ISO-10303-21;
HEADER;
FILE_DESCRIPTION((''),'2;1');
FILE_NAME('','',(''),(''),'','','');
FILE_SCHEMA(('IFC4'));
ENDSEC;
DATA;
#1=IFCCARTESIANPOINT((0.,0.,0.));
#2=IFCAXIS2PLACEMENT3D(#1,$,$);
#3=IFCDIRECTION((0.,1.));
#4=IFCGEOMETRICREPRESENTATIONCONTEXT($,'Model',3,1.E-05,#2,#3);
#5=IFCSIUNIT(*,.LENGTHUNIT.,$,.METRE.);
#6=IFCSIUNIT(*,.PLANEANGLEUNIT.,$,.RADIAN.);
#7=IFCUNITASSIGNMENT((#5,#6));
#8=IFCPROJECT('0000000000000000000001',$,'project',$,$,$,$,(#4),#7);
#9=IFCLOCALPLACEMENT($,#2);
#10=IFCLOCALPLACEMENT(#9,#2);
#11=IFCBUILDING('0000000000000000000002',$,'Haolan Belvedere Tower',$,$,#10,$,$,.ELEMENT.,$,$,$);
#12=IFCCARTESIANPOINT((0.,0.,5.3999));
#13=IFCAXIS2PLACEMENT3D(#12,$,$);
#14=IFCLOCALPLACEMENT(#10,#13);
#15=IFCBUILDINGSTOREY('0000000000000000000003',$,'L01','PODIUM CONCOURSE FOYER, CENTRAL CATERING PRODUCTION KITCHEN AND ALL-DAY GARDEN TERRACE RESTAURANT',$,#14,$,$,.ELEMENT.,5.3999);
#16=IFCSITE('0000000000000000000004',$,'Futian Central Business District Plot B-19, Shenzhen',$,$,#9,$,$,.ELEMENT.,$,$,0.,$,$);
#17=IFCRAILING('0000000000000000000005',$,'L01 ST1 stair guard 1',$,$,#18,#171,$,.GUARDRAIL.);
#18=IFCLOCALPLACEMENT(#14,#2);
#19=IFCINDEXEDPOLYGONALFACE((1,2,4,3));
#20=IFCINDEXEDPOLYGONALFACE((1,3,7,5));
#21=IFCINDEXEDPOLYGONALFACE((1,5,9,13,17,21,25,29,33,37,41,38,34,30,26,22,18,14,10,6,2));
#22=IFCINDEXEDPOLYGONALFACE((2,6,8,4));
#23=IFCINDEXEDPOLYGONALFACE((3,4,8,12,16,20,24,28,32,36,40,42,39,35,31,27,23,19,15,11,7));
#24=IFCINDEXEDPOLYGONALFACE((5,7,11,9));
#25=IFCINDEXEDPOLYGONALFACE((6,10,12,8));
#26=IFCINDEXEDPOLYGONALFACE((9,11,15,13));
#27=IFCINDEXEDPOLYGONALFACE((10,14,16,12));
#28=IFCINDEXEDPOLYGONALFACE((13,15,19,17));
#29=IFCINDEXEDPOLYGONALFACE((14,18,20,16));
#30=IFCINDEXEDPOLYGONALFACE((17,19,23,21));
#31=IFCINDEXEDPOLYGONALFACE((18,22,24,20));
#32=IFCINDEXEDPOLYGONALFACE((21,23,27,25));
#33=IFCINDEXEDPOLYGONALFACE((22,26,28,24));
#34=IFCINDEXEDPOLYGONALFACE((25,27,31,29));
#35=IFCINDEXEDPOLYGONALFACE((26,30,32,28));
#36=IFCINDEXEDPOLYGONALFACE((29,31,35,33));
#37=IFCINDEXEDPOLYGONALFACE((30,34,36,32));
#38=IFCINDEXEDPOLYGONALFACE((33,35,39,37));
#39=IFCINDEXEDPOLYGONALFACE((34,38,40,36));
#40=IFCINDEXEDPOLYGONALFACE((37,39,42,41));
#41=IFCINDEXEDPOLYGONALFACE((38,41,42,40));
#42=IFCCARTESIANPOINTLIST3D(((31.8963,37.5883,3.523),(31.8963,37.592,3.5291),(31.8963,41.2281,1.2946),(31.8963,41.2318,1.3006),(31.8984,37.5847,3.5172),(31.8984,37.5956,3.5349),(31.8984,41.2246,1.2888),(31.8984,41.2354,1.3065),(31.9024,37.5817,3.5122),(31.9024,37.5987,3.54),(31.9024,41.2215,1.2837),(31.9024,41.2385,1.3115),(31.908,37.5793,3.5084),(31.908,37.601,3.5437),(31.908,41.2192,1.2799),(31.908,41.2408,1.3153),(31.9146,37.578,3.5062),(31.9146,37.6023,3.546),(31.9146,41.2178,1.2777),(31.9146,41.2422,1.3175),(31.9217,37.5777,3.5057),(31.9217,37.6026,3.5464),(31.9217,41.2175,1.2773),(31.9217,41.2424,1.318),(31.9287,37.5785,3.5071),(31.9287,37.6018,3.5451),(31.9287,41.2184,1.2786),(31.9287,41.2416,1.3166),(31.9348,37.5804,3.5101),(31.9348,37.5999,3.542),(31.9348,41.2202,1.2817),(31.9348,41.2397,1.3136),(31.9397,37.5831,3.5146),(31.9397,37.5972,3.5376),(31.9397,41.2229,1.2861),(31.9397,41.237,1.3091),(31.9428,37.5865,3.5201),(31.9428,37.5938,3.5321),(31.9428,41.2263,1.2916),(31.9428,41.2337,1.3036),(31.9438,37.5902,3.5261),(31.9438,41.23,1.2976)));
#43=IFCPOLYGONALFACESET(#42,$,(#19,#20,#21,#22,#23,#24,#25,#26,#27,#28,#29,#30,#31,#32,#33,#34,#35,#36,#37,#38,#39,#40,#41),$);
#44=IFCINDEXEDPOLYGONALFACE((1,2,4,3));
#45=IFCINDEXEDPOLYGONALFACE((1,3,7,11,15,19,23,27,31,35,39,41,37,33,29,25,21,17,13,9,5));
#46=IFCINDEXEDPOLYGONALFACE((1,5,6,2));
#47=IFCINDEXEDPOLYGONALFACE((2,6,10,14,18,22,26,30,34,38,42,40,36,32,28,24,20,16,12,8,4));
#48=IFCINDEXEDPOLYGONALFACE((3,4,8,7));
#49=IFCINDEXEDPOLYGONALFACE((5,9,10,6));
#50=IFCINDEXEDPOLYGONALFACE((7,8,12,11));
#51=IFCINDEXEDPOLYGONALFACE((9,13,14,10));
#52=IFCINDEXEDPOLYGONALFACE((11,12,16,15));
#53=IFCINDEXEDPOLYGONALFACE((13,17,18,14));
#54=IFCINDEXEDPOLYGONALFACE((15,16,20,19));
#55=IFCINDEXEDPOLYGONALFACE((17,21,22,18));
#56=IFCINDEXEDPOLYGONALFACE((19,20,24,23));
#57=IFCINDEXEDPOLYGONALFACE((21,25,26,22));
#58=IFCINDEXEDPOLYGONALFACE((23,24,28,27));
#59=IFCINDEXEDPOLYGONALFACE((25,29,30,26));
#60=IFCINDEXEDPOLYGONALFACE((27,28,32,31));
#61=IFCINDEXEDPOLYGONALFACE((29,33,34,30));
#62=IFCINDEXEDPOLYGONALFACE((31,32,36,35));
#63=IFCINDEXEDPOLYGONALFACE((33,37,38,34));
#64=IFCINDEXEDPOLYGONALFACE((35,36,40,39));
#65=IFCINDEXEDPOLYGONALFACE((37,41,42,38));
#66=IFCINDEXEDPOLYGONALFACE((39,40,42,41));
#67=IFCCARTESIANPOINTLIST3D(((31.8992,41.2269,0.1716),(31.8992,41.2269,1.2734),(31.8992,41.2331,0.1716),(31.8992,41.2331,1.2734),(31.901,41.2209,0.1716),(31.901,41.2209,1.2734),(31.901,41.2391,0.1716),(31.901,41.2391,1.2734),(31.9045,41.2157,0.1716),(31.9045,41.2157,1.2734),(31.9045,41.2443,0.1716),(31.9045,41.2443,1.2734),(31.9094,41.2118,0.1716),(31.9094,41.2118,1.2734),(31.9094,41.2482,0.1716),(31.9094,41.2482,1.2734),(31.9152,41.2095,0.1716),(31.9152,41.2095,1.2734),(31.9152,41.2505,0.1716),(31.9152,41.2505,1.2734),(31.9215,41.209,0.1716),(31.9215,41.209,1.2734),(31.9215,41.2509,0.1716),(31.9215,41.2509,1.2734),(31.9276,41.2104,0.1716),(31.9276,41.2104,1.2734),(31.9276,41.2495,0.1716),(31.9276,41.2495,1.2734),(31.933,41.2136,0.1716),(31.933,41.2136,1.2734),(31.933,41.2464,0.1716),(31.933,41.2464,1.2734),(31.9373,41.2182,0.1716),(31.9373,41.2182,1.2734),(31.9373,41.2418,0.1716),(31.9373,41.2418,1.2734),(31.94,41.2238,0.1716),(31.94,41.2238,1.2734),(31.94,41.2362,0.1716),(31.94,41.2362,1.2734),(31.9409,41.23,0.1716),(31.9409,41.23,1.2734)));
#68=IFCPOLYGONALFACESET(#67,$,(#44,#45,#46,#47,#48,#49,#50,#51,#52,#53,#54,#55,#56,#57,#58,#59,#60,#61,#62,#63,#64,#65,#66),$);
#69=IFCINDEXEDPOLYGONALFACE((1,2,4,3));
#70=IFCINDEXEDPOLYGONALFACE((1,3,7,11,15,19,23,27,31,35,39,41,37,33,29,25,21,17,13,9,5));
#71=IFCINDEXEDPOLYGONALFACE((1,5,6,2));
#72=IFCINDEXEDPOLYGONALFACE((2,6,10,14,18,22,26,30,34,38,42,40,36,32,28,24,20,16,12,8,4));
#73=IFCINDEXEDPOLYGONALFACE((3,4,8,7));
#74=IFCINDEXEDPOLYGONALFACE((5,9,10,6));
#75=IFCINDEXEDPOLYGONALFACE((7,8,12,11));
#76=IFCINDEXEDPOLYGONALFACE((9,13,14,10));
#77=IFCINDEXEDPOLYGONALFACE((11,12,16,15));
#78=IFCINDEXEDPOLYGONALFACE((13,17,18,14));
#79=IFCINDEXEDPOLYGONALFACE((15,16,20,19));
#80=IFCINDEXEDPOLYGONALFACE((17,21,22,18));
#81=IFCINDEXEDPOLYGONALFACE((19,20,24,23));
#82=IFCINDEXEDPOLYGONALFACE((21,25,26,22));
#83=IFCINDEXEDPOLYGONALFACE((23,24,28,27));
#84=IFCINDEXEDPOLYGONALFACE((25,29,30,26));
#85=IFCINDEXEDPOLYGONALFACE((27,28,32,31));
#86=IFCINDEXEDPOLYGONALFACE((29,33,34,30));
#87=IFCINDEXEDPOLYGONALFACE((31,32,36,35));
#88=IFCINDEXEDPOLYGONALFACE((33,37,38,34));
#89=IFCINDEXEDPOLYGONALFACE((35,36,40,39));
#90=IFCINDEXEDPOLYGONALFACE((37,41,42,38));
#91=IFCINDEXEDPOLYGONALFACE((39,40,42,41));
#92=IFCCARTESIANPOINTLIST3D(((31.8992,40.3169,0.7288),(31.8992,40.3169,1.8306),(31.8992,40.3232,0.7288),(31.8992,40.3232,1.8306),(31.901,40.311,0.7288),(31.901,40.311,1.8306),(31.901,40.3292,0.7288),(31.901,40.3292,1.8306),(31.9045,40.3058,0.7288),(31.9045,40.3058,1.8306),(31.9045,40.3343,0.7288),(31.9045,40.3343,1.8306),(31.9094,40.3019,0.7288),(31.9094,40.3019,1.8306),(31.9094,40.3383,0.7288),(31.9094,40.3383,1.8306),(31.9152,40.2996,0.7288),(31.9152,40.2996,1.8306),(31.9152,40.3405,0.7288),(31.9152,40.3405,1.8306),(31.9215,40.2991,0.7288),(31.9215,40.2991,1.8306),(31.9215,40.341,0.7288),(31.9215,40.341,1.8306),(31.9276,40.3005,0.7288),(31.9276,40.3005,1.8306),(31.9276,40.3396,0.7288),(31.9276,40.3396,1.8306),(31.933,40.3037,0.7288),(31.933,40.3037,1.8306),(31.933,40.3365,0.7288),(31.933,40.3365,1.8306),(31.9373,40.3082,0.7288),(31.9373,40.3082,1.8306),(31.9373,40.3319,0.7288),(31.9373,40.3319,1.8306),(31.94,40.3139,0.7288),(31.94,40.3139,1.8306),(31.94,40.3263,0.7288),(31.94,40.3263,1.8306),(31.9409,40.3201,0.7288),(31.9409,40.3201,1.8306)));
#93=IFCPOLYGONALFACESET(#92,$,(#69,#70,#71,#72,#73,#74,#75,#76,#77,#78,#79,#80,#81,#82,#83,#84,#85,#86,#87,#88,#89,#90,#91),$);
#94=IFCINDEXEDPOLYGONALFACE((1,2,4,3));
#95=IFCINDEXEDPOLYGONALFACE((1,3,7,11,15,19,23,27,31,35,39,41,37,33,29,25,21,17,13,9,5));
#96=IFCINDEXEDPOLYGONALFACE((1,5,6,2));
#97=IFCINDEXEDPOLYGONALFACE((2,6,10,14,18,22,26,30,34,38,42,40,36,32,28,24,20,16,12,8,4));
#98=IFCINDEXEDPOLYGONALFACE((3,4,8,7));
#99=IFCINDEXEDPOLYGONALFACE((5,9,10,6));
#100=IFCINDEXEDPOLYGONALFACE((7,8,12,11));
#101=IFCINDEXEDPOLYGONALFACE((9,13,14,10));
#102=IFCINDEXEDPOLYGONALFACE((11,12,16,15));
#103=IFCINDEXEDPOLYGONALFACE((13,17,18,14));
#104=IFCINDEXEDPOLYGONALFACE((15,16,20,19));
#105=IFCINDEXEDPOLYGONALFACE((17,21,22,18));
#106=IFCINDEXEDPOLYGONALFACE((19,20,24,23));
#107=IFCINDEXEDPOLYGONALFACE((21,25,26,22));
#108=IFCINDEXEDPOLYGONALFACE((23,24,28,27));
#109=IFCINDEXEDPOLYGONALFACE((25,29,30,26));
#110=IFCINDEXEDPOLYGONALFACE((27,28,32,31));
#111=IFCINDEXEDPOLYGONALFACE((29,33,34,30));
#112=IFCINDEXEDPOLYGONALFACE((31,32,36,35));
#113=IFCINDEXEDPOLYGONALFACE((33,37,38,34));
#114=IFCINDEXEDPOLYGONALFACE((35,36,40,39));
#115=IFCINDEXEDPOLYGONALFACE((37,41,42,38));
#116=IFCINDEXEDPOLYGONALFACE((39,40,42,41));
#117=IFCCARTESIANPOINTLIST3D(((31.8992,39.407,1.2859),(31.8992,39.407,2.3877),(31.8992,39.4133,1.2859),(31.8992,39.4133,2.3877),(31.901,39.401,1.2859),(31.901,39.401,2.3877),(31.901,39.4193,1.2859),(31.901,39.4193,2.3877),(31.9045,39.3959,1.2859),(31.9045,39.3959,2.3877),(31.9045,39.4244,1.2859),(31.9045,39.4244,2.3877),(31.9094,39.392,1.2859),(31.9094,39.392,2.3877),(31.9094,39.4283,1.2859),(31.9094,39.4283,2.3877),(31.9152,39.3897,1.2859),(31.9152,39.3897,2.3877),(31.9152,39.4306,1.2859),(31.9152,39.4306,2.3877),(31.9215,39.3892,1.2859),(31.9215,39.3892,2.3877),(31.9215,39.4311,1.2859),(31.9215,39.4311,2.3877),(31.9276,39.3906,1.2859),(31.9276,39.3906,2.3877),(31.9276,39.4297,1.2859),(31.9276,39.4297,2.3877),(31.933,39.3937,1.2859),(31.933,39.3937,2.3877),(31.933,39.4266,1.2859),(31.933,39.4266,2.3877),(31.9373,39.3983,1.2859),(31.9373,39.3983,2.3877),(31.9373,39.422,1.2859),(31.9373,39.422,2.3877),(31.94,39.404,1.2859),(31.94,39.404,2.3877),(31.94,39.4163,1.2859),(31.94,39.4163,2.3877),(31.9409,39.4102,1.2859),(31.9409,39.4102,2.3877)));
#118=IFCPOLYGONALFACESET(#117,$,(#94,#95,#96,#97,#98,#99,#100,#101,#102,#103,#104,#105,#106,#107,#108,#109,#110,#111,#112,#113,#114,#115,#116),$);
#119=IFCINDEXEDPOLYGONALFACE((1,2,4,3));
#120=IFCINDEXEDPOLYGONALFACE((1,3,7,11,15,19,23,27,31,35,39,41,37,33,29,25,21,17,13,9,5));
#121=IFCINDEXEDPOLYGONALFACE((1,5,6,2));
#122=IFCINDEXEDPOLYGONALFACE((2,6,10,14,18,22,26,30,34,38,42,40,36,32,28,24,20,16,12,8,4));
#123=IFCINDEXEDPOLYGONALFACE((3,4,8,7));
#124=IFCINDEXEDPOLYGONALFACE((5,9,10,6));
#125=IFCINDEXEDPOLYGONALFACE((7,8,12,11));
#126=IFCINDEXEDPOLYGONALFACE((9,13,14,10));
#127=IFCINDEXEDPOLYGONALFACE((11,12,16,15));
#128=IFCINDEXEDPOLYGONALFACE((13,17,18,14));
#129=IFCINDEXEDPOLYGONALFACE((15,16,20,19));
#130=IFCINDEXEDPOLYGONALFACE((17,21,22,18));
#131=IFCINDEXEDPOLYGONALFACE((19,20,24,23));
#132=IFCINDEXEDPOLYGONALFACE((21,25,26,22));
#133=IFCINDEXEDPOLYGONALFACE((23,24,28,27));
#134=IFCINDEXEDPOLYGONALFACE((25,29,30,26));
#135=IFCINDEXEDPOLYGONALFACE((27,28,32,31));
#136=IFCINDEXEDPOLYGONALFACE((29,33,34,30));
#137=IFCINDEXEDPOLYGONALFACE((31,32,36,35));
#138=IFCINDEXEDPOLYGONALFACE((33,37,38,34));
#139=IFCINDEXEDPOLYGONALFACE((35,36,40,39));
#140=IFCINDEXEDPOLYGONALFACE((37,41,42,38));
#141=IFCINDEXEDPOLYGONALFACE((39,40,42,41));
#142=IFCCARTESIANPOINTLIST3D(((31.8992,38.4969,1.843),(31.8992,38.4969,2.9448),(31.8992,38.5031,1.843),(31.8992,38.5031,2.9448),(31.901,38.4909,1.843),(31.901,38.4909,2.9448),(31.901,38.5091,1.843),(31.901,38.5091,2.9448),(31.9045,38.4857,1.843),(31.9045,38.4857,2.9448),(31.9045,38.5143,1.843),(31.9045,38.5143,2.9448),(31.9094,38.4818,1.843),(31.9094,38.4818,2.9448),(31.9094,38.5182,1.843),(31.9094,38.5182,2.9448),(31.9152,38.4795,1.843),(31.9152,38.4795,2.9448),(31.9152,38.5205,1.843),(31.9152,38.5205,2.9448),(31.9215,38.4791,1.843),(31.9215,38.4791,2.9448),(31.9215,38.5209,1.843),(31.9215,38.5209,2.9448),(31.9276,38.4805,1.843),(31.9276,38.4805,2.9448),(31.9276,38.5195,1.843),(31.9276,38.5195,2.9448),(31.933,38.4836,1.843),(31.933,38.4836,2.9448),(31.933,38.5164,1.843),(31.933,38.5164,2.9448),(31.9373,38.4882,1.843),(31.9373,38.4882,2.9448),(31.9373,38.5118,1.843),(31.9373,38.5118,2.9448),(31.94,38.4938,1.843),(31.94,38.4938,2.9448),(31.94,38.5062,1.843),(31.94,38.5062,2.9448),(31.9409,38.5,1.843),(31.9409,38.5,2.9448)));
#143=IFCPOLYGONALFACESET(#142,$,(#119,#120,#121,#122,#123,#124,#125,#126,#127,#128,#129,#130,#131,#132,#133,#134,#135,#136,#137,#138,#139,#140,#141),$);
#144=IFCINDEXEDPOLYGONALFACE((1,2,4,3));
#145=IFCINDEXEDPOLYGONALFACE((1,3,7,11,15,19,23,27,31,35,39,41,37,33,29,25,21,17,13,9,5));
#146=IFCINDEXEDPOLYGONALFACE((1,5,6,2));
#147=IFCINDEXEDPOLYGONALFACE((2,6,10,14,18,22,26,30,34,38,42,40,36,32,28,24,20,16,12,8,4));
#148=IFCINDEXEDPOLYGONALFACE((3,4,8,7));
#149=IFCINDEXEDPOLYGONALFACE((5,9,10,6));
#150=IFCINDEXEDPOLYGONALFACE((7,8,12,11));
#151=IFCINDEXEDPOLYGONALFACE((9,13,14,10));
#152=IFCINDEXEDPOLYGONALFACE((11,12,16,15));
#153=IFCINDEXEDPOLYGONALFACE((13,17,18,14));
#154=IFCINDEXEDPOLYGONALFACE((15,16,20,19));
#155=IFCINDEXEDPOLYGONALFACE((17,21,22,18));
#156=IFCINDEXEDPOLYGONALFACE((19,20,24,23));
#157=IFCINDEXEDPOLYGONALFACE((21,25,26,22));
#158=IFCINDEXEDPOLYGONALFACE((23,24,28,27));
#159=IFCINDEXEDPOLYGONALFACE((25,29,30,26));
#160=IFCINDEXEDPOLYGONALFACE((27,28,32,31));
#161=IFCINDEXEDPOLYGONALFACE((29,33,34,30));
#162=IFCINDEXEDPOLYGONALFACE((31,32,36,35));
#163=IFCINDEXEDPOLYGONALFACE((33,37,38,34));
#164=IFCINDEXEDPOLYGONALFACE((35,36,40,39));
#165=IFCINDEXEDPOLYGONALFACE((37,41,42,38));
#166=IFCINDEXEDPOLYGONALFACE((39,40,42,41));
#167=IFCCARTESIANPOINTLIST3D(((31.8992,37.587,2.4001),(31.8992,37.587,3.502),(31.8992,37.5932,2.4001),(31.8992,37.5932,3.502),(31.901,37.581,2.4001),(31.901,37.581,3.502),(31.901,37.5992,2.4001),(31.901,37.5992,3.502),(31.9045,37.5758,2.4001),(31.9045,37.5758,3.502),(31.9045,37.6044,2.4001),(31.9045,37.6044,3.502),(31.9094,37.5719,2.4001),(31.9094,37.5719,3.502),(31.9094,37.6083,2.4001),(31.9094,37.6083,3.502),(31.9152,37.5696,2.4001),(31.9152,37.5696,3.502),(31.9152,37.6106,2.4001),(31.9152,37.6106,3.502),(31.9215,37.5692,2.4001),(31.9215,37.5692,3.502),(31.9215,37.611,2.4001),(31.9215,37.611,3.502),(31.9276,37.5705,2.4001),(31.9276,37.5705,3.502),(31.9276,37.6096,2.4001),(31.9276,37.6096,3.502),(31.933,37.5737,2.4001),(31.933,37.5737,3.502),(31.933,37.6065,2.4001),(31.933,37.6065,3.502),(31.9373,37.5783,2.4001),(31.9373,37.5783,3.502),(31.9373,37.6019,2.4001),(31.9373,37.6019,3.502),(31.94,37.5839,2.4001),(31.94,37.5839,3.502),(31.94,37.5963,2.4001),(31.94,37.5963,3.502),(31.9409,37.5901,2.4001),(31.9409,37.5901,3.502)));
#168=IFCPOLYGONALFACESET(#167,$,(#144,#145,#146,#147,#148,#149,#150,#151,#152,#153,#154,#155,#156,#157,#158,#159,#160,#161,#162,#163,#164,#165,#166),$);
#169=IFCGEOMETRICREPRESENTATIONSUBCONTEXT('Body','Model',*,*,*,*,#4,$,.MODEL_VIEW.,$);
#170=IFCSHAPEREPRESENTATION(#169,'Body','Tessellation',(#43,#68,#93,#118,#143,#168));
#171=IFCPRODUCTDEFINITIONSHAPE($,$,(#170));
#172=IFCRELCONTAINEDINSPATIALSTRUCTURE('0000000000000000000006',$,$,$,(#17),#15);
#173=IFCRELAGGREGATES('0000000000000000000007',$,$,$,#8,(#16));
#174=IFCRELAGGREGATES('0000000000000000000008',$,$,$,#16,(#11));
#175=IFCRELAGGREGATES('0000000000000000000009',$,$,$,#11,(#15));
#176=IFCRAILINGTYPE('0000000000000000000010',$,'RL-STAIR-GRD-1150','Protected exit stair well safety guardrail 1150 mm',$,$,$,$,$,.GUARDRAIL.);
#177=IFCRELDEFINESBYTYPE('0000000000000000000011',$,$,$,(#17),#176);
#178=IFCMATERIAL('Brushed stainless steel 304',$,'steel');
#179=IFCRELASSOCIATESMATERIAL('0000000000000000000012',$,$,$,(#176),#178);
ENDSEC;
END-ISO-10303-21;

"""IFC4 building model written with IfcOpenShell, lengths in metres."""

from ifc_helpers import new_model, si_unit, direction, frame, origin, origin_2d, place, context, subcontext, project, spatial, circle, extrude, material, type_object, element, save


model = new_model("IFC4")

# Units and contexts
model_context = context("Model", 3, precision=1e-05, world=origin(), true_north=direction((0.0, 1.0)))
body_context = subcontext(model_context, "Body", "Model", "MODEL_VIEW")
ifc_project = project(units=[si_unit("LENGTHUNIT", "METRE"), si_unit("PLANEANGLEUNIT", "RADIAN")], contexts=[model_context])

# Site, building, storey
site_placement = place(None, origin())
site = spatial("IfcSite", under=ifc_project, at=site_placement, Name="Futian Central Business District Plot B-19, Shenzhen", CompositionType="ELEMENT", RefElevation=0.0)
building_placement = place(site_placement, origin())
building = spatial("IfcBuilding", under=site, at=building_placement, Name="Haolan Belvedere Tower", CompositionType="ELEMENT")
storey_placement = place(building_placement, frame((0.0, 0.0, 5.3999)))
storey = spatial("IfcBuildingStorey", under=building, at=storey_placement, Name="L01", Description="PODIUM CONCOURSE FOYER, CENTRAL CATERING PRODUCTION KITCHEN AND ALL-DAY GARDEN TERRACE RESTAURANT", CompositionType="ELEMENT", Elevation=5.3999)

# Railing
ifc_material_1 = material(Name="Brushed stainless steel 304", Category="steel")
railing_type_1 = type_object("IfcRailingType", Name="RL-STAIR-GRD-1150", Description="Protected exit stair well safety guardrail 1150 mm", PredefinedType="GUARDRAIL", material=ifc_material_1)
railing_1_placement = place(storey_placement, frame((31.9199, 41.23, 0.1716)))
element("IfcRailing", 1, at=railing_1_placement, inside=storey, type_object=railing_type_1, Name="L01 ST1 stair guard 1", PredefinedType="GUARDRAIL", context=body_context, shape_type="SweptSolid", body=[
    extrude(circle(Radius=0.0239, at=origin_2d()), frame((0.0, 0.0, 1.126), z_axis=(0.0, -0.85285, 0.522156), x_axis=(1.0, 0.0, 0.0)), (0.0, 0.0, 1.0), 4.2678),
    extrude(circle(Radius=0.021, at=origin_2d()), origin(), (0.0, 0.0, 1.0), 1.1018),
    extrude(circle(Radius=0.021, at=origin_2d()), frame((0.0, -0.9099, 0.5571)), (0.0, 0.0, 1.0), 1.1018),
    extrude(circle(Radius=0.021, at=origin_2d()), frame((0.0, -1.8198, 1.1143)), (0.0, 0.0, 1.0), 1.1018),
    extrude(circle(Radius=0.021, at=origin_2d()), frame((0.0, -2.73, 1.6714)), (0.0, 0.0, 1.0), 1.1018),
    extrude(circle(Radius=0.021, at=origin_2d()), frame((0.0, -3.6399, 2.2285)), (0.0, 0.0, 1.0), 1.1018),
])

save(model, "model.ifc")
